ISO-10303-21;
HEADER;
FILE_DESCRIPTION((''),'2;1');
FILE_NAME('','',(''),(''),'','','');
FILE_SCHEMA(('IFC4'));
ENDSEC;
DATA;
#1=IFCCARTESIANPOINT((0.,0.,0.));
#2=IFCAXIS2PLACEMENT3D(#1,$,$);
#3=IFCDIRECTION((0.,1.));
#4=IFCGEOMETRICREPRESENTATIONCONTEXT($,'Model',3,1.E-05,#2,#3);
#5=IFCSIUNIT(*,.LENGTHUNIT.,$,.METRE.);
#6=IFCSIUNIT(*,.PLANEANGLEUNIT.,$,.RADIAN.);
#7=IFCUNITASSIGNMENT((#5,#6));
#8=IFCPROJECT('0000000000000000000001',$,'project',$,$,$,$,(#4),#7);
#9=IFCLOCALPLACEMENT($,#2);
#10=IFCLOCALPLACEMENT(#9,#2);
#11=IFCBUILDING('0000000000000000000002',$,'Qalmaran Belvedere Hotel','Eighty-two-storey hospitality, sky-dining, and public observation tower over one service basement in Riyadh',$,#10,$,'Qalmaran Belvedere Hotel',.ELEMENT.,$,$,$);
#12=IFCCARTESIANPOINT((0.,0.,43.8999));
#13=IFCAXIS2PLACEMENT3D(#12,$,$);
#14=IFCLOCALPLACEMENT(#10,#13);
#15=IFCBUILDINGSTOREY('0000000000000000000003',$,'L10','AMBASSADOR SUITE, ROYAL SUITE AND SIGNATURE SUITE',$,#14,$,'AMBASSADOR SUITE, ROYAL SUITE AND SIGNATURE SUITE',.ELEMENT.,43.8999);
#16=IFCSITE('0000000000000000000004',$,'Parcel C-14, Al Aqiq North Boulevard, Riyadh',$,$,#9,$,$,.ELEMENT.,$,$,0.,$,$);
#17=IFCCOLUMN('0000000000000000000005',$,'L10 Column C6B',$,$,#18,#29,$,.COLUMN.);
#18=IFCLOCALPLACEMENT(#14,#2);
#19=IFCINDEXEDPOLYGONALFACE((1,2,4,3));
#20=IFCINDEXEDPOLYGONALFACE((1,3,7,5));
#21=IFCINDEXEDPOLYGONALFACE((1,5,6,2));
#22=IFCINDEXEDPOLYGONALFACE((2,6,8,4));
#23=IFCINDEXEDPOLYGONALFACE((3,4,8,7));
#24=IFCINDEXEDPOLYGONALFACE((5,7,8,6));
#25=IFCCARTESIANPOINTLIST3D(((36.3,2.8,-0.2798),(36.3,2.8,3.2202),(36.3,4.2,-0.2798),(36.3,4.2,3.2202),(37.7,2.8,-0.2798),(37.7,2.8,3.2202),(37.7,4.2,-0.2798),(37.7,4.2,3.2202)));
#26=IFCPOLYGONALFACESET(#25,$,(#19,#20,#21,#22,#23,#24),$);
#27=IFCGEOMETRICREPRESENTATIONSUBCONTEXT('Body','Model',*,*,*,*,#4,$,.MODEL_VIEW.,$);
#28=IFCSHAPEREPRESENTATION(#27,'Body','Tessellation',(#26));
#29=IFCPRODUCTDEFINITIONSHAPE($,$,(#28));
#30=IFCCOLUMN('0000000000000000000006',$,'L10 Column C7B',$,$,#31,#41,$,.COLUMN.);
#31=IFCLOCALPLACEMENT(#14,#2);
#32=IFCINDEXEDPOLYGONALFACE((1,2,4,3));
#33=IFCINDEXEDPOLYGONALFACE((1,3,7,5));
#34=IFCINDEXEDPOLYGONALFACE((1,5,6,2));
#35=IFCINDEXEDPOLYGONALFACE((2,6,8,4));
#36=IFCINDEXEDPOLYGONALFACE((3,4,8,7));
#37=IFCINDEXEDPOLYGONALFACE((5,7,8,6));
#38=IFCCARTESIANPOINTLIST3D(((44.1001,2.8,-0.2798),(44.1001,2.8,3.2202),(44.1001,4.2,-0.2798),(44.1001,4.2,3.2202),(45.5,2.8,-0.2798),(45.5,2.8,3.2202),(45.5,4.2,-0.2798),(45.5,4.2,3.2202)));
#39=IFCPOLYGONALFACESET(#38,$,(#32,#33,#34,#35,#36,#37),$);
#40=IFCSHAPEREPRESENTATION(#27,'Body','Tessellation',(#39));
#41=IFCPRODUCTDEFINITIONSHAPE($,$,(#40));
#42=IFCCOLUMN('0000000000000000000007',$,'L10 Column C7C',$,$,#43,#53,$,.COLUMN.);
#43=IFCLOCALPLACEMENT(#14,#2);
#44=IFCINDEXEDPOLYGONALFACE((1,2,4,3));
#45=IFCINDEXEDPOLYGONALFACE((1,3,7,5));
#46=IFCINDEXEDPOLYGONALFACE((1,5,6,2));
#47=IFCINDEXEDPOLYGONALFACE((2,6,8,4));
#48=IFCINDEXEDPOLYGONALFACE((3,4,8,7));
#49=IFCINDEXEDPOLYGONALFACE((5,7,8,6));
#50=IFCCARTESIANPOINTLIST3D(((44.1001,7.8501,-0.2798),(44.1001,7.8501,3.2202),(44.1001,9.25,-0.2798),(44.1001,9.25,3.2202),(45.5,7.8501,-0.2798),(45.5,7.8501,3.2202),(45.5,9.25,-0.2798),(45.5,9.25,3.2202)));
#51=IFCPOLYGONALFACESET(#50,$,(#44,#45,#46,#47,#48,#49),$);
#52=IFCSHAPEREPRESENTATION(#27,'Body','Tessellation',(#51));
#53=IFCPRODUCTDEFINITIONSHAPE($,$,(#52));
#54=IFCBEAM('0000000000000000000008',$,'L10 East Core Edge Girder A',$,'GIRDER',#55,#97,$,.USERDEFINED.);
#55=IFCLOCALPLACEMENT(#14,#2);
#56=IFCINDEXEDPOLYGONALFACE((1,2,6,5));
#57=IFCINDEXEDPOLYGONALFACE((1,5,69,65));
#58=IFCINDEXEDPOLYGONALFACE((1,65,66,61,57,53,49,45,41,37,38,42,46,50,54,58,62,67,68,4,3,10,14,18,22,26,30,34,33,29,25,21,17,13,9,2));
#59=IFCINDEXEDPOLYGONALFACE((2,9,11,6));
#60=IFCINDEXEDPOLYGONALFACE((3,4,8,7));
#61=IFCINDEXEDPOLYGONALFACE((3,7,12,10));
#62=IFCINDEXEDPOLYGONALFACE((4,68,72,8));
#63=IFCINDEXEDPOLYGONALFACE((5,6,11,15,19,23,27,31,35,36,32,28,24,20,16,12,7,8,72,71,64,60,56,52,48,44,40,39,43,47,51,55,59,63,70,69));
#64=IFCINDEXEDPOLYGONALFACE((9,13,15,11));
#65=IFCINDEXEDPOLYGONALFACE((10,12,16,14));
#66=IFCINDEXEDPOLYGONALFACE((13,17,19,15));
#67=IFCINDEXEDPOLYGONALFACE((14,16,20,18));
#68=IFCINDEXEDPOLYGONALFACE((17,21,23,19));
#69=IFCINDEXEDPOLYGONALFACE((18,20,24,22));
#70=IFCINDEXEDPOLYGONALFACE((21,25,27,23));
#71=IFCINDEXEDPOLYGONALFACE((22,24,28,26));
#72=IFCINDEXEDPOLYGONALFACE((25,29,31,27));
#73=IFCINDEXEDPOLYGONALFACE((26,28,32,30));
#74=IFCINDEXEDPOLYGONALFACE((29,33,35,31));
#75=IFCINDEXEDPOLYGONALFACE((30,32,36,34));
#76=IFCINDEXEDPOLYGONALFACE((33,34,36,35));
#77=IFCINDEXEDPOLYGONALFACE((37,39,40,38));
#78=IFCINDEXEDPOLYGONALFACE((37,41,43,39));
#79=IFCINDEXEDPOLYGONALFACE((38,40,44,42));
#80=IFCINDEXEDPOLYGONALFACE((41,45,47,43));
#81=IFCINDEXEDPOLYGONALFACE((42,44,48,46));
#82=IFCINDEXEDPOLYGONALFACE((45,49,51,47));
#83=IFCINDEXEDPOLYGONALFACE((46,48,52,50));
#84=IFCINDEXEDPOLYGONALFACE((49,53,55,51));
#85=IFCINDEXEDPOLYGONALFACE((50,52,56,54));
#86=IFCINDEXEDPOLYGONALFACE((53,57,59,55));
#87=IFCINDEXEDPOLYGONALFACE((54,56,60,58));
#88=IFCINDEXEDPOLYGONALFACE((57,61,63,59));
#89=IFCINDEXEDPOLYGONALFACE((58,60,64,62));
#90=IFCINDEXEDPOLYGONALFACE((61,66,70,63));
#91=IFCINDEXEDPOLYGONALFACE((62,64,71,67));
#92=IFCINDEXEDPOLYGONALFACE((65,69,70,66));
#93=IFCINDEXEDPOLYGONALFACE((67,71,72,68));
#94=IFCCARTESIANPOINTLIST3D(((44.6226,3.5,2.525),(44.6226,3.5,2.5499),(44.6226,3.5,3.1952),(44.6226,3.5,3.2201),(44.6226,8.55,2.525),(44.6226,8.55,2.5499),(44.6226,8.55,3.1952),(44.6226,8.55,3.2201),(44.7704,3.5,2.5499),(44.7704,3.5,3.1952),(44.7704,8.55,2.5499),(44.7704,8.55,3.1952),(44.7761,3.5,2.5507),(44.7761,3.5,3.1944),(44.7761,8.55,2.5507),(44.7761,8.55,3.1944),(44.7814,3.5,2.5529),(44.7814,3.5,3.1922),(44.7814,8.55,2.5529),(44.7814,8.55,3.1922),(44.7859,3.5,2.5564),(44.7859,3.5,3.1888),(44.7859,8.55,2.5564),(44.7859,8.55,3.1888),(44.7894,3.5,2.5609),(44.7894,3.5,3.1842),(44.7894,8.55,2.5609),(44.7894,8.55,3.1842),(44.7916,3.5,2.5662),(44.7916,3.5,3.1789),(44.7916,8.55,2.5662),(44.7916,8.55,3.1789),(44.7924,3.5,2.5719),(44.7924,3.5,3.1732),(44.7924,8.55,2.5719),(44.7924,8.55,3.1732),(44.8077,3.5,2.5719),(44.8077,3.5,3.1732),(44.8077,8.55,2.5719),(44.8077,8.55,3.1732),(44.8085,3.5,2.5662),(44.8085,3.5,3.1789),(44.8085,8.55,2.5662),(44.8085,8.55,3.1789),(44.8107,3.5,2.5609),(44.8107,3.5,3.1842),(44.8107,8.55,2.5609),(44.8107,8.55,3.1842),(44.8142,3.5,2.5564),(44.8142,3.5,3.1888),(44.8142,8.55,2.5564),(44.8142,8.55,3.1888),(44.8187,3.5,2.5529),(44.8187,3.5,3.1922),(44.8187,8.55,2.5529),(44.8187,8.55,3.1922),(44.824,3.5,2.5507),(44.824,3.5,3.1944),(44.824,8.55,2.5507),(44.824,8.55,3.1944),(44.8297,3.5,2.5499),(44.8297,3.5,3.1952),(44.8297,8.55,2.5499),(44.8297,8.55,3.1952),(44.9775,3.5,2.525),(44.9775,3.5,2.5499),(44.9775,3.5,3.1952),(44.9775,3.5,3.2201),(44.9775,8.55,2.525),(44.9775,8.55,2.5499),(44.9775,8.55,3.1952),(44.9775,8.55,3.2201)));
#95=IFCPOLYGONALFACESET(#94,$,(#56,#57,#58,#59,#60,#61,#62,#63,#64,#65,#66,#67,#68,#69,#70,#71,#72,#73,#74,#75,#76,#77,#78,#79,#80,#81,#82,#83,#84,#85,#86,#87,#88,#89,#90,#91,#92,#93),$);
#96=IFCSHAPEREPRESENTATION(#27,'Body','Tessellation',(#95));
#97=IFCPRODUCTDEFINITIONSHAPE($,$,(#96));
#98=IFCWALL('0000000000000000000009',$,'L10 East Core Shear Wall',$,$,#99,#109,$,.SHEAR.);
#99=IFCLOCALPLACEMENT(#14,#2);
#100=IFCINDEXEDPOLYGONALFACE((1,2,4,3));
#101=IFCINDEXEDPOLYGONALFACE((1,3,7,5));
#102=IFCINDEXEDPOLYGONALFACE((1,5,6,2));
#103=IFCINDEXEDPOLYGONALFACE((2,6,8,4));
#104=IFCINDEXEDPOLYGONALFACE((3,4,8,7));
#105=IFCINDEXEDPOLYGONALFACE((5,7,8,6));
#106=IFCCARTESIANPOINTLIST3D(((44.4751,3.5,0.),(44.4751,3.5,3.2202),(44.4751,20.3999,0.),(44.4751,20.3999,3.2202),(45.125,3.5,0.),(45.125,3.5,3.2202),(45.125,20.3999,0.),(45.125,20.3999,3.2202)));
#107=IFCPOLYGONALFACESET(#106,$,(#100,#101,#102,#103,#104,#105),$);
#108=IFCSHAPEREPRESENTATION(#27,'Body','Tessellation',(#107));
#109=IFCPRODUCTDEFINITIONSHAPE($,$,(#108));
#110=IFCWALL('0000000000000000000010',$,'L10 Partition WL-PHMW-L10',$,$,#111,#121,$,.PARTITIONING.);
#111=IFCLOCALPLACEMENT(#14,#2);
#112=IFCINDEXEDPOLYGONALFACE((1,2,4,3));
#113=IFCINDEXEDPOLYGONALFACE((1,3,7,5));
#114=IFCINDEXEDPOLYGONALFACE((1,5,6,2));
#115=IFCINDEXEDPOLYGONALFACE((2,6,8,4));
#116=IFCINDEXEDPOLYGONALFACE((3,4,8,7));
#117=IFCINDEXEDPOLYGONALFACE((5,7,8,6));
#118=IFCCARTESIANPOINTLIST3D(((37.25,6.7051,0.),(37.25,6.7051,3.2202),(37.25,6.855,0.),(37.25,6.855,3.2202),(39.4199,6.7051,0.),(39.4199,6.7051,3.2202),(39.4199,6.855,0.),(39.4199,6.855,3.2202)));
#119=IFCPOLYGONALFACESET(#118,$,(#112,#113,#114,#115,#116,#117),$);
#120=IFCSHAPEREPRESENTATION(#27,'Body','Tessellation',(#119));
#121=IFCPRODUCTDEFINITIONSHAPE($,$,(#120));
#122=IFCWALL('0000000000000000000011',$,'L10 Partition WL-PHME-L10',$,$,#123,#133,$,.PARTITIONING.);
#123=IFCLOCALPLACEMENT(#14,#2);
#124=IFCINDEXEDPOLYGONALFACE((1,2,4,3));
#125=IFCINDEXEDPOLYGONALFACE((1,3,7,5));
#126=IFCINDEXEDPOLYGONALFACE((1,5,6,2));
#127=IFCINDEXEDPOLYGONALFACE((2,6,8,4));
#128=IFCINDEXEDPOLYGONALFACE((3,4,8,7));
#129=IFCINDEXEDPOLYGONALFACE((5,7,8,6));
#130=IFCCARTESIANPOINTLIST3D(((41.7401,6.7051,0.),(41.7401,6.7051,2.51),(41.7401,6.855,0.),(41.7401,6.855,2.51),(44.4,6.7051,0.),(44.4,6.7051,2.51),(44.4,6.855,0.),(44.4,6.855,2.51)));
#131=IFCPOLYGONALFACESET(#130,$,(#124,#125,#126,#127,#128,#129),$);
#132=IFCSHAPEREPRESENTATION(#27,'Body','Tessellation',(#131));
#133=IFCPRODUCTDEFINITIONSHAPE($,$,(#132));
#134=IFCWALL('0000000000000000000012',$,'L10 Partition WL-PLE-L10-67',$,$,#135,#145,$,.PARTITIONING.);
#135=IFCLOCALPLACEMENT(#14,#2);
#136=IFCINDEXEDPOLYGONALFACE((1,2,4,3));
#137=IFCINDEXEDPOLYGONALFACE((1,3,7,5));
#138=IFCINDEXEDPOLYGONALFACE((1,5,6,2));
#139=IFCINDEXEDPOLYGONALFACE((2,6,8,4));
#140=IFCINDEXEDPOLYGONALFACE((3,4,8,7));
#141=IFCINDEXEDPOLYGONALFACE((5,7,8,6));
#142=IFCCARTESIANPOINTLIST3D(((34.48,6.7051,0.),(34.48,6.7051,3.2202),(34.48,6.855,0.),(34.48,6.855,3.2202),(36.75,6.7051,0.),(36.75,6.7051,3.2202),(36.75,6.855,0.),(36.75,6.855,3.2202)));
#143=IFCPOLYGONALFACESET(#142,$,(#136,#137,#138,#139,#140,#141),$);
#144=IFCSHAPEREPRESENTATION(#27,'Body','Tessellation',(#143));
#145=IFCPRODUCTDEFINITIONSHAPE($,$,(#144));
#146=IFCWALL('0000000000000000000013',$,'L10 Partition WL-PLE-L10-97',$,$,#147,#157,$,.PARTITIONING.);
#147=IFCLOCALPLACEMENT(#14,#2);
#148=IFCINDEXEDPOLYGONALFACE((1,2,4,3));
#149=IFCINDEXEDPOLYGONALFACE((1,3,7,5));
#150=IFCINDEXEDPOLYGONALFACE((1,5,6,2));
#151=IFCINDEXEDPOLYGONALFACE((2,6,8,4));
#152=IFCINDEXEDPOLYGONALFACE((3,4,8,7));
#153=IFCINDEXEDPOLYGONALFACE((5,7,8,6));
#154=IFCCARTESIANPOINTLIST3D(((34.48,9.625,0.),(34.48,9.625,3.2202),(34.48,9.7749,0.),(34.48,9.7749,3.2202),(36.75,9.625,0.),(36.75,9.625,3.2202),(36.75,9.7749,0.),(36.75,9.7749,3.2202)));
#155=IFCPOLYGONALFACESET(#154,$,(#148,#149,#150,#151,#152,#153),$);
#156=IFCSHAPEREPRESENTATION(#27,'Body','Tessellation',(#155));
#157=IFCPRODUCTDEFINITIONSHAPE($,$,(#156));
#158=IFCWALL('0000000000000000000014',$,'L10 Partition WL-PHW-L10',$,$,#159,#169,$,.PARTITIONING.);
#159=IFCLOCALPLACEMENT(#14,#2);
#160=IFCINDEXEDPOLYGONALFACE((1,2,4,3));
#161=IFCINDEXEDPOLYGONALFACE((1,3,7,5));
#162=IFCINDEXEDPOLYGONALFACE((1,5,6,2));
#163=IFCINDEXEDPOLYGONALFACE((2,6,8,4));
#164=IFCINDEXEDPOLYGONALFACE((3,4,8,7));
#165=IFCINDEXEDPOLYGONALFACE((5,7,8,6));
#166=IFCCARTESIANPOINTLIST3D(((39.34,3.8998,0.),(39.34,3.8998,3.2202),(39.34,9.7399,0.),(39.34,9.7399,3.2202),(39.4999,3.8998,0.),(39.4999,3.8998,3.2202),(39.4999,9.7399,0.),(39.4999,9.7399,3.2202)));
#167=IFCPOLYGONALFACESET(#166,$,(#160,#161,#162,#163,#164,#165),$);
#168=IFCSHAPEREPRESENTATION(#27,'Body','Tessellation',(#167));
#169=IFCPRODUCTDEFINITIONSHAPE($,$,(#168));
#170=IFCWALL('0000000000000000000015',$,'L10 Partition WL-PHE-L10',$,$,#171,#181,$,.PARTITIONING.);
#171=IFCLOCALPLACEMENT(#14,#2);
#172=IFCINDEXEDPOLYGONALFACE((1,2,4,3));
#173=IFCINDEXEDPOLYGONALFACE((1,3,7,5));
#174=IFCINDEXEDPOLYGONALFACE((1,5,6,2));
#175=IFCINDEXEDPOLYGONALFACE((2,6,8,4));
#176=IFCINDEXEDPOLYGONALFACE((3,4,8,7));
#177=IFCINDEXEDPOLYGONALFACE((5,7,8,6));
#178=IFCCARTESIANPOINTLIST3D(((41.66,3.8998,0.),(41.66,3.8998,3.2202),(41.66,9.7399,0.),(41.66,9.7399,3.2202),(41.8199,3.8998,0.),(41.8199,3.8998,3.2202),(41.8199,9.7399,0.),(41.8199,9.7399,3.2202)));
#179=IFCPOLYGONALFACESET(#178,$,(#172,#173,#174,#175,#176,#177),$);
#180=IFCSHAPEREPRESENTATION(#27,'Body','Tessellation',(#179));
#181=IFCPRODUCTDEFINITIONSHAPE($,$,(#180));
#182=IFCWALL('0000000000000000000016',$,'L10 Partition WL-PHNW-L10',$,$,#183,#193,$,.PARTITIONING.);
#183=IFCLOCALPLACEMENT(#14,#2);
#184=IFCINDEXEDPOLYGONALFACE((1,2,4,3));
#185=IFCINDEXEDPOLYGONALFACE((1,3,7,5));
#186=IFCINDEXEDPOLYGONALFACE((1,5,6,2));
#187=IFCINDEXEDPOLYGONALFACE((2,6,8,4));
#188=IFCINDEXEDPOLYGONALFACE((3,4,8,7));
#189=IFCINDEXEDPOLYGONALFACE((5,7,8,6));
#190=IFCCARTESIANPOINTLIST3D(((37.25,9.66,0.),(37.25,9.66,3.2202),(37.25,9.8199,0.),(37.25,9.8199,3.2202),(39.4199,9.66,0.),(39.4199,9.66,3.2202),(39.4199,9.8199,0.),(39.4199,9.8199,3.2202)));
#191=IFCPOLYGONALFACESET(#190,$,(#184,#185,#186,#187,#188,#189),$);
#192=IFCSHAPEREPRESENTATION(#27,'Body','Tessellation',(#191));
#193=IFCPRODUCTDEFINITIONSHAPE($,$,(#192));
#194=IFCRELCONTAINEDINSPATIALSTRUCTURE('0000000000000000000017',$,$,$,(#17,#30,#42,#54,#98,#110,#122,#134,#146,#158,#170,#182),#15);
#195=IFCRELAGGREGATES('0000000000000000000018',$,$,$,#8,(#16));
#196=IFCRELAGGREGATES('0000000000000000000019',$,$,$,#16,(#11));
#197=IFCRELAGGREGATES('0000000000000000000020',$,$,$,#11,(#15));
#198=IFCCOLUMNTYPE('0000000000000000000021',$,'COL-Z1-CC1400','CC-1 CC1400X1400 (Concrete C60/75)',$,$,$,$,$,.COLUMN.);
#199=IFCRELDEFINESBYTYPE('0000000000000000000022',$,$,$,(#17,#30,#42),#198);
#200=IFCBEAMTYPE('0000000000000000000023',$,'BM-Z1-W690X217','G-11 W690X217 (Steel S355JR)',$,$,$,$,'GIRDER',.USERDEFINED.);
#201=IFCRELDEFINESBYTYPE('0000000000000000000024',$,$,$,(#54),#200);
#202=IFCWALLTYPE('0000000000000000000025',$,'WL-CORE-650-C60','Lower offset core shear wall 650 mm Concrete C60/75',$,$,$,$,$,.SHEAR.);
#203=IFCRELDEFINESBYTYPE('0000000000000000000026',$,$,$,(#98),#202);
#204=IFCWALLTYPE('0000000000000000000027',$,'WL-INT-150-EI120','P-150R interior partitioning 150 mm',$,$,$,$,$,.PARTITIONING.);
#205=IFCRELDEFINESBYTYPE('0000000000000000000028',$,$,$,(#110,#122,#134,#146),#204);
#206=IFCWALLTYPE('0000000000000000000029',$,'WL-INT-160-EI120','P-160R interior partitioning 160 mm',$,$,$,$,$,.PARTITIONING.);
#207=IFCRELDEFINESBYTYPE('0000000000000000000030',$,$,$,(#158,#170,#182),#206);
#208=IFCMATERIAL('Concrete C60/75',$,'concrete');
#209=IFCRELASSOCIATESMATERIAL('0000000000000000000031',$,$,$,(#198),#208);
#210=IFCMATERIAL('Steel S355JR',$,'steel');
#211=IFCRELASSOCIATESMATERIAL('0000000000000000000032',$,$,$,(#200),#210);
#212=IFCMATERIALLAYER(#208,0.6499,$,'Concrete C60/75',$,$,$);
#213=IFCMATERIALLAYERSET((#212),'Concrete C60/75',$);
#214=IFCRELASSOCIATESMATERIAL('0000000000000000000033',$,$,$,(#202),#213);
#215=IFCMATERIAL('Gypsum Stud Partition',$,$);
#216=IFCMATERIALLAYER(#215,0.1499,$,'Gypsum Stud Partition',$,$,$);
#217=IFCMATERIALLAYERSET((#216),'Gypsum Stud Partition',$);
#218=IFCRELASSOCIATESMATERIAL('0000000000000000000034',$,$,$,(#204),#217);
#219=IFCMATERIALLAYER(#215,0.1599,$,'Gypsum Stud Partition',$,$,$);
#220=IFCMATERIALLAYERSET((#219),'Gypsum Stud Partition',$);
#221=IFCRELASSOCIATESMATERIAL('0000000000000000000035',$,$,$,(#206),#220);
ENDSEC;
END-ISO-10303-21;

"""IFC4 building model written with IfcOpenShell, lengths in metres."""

from ifc_helpers import new_model, si_unit, direction, frame, frame_2d, origin, origin_2d, place, context, subcontext, project, spatial, rectangle, i_section, extrude, material, layer, layer_set, material_profile, profile_set, type_object, element, save


model = new_model("IFC4")

# Units and contexts
model_context = context("Model", 3, precision=1e-05, world=origin(), true_north=direction((0.0, 1.0)))
body_context = subcontext(model_context, "Body", "Model", "MODEL_VIEW")
ifc_project = project(units=[si_unit("LENGTHUNIT", "METRE"), si_unit("PLANEANGLEUNIT", "RADIAN")], contexts=[model_context])

# Site, building, storey
site_placement = place(None, origin())
site = spatial("IfcSite", under=ifc_project, at=site_placement, Name="Parcel C-14, Al Aqiq North Boulevard, Riyadh", CompositionType="ELEMENT", RefElevation=0.0)
building_placement = place(site_placement, origin())
building = spatial("IfcBuilding", under=site, at=building_placement, Name="Qalmaran Belvedere Hotel", Description="Eighty-two-storey hospitality, sky-dining, and public observation tower over one service basement in Riyadh", LongName="Qalmaran Belvedere Hotel", CompositionType="ELEMENT")
storey_placement = place(building_placement, frame((0.0, 0.0, 43.8999)))
storey = spatial("IfcBuildingStorey", under=building, at=storey_placement, Name="L10", Description="AMBASSADOR SUITE, ROYAL SUITE AND SIGNATURE SUITE", LongName="AMBASSADOR SUITE, ROYAL SUITE AND SIGNATURE SUITE", CompositionType="ELEMENT", Elevation=43.8999)

# Columns
ifc_material_1 = material(Name="Concrete C60/75", Category="concrete")
ifc_material_profile_1 = material_profile(ifc_material_1, rectangle(XDim=1.3999, YDim=1.3999, at=origin_2d()), Name="CC1400X1400")
ifc_profile_set_1 = profile_set([ifc_material_profile_1], Name="Concrete C60/75")
column_type = type_object("IfcColumnType", Name="COL-Z1-CC1400", Description="CC-1 CC1400X1400 (Concrete C60/75)", PredefinedType="COLUMN", material=ifc_profile_set_1)
for number, where, z_axis, x_axis, name in (
    (1, (37.0, 3.5, -0.2798), (0.0, 0.0, 1.0), (1.0, 0.0, 0.0), "L10 Column C6B"),
    (2, (44.8, 3.5, -0.2798), (0.0, 0.0, 1.0), (1.0, 0.0, 0.0), "L10 Column C7B"),
    (3, (44.8, 8.55, -0.2798), (0.0, 0.0, 1.0), (1.0, 0.0, 0.0), "L10 Column C7C"),
):
    element("IfcColumn", number, at=place(storey_placement, frame(where, z_axis=z_axis, x_axis=x_axis)), inside=storey, type_object=column_type, Name=name, PredefinedType="COLUMN", context=body_context, shape_type="SweptSolid", body=[
        extrude(rectangle(XDim=1.3999, YDim=1.3999, at=origin_2d()), origin(), (0.0, 0.0, 1.0), 3.5),
    ])

# Beam
ifc_material_2 = material(Name="Steel S355JR", Category="steel")
ifc_material_profile_2 = material_profile(ifc_material_2, i_section(OverallWidth=0.355, OverallDepth=0.6951, WebThickness=0.0154, FlangeThickness=0.0249, FilletRadius=0.022, at=origin_2d()), Name="W690X217")
ifc_profile_set_2 = profile_set([ifc_material_profile_2], Name="Steel S355JR")
beam_type = type_object("IfcBeamType", Name="BM-Z1-W690X217", Description="G-11 W690X217 (Steel S355JR)", ElementType="GIRDER", PredefinedType="USERDEFINED", material=ifc_profile_set_2)
beam_placement = place(storey_placement, frame((44.8, 3.5, 2.8726), z_axis=(0.0, 1.0, 0.0), x_axis=(-1.0, 0.0, 0.0)))
element("IfcBeam", 4, at=beam_placement, inside=storey, type_object=beam_type, Name="L10 East Core Edge Girder A", ObjectType="GIRDER", PredefinedType="USERDEFINED", context=body_context, shape_type="SweptSolid", body=[
    extrude(i_section(OverallWidth=0.355, OverallDepth=0.6951, WebThickness=0.0154, FlangeThickness=0.0249, FilletRadius=0.022, at=origin_2d()), origin(), (0.0, 0.0, 1.0), 5.05),
])

# Wall
ifc_layer_1 = layer(ifc_material_1, 0.6499, Name="Concrete C60/75")
ifc_layer_set_1 = layer_set([ifc_layer_1], Name="Concrete C60/75")
wall_type_1 = type_object("IfcWallType", Name="WL-CORE-650-C60", Description="Lower offset core shear wall 650 mm Concrete C60/75", PredefinedType="SHEAR", material=ifc_layer_set_1)
wall_1_placement = place(storey_placement, frame((44.8, 3.5, 0.0), z_axis=(0.0, 0.0, 1.0), x_axis=(0.0, 1.0, 0.0)))
element("IfcWall", 5, at=wall_1_placement, inside=storey, type_object=wall_type_1, Name="L10 East Core Shear Wall", PredefinedType="SHEAR", context=body_context, shape_type="SweptSolid", body=[
    extrude(rectangle(XDim=16.8999, YDim=0.6499, at=frame_2d((8.45, 0.0))), origin(), (0.0, 0.0, 1.0), 3.2202),
])

# Walls
ifc_material_3 = material(Name="Gypsum Stud Partition")
ifc_layer_2 = layer(ifc_material_3, 0.1499, Name="Gypsum Stud Partition")
ifc_layer_set_2 = layer_set([ifc_layer_2], Name="Gypsum Stud Partition")
wall_type_2 = type_object("IfcWallType", Name="WL-INT-150-EI120", Description="P-150R interior partitioning 150 mm", PredefinedType="PARTITIONING", material=ifc_layer_set_2)
wall_2_placement = place(storey_placement, frame((37.25, 6.78, 0.0), z_axis=(0.0, 0.0, 1.0), x_axis=(1.0, 0.0, 0.0)))
element("IfcWall", 6, at=wall_2_placement, inside=storey, type_object=wall_type_2, Name="L10 Partition WL-PHMW-L10", PredefinedType="PARTITIONING", context=body_context, shape_type="SweptSolid", body=[
    extrude(rectangle(XDim=2.1699, YDim=0.1499, at=frame_2d((1.085, 0.0))), origin(), (0.0, 0.0, 1.0), 3.2202),
])
wall_3_placement = place(storey_placement, frame((41.74, 6.78, 0.0), z_axis=(0.0, 0.0, 1.0), x_axis=(1.0, 0.0, 0.0)))
element("IfcWall", 7, at=wall_3_placement, inside=storey, type_object=wall_type_2, Name="L10 Partition WL-PHME-L10", PredefinedType="PARTITIONING", context=body_context, shape_type="SweptSolid", body=[
    extrude(rectangle(XDim=2.6599, YDim=0.1499, at=frame_2d((1.3301, 0.0))), origin(), (0.0, 0.0, 1.0), 2.51),
])
for number, where, z_axis, x_axis, name in (
    (8, (34.48, 6.78, 0.0), (0.0, 0.0, 1.0), (1.0, 0.0, 0.0), "L10 Partition WL-PLE-L10-67"),
    (9, (34.48, 9.7, 0.0), (0.0, 0.0, 1.0), (1.0, 0.0, 0.0), "L10 Partition WL-PLE-L10-97"),
):
    element("IfcWall", number, at=place(storey_placement, frame(where, z_axis=z_axis, x_axis=x_axis)), inside=storey, type_object=wall_type_2, Name=name, PredefinedType="PARTITIONING", context=body_context, shape_type="SweptSolid", body=[
        extrude(rectangle(XDim=2.27, YDim=0.1499, at=frame_2d((1.135, 0.0))), origin(), (0.0, 0.0, 1.0), 3.2202),
    ])
ifc_layer_3 = layer(ifc_material_3, 0.1599, Name="Gypsum Stud Partition")
ifc_layer_set_3 = layer_set([ifc_layer_3], Name="Gypsum Stud Partition")
wall_type_3 = type_object("IfcWallType", Name="WL-INT-160-EI120", Description="P-160R interior partitioning 160 mm", PredefinedType="PARTITIONING", material=ifc_layer_set_3)
for number, where, z_axis, x_axis, name in (
    (10, (39.4199, 3.8999, 0.0), (0.0, 0.0, 1.0), (0.0, 1.0, 0.0), "L10 Partition WL-PHW-L10"),
    (11, (41.74, 3.8999, 0.0), (0.0, 0.0, 1.0), (0.0, 1.0, 0.0), "L10 Partition WL-PHE-L10"),
):
    element("IfcWall", number, at=place(storey_placement, frame(where, z_axis=z_axis, x_axis=x_axis)), inside=storey, type_object=wall_type_3, Name=name, PredefinedType="PARTITIONING", context=body_context, shape_type="SweptSolid", body=[
        extrude(rectangle(XDim=5.8401, YDim=0.1599, at=frame_2d((2.9199, 0.0))), origin(), (0.0, 0.0, 1.0), 3.2202),
    ])
wall_4_placement = place(storey_placement, frame((37.25, 9.74, 0.0), z_axis=(0.0, 0.0, 1.0), x_axis=(1.0, 0.0, 0.0)))
element("IfcWall", 12, at=wall_4_placement, inside=storey, type_object=wall_type_3, Name="L10 Partition WL-PHNW-L10", PredefinedType="PARTITIONING", context=body_context, shape_type="SweptSolid", body=[
    extrude(rectangle(XDim=2.1699, YDim=0.1599, at=frame_2d((1.085, 0.0))), origin(), (0.0, 0.0, 1.0), 3.2202),
])

save(model, "model.ifc")
